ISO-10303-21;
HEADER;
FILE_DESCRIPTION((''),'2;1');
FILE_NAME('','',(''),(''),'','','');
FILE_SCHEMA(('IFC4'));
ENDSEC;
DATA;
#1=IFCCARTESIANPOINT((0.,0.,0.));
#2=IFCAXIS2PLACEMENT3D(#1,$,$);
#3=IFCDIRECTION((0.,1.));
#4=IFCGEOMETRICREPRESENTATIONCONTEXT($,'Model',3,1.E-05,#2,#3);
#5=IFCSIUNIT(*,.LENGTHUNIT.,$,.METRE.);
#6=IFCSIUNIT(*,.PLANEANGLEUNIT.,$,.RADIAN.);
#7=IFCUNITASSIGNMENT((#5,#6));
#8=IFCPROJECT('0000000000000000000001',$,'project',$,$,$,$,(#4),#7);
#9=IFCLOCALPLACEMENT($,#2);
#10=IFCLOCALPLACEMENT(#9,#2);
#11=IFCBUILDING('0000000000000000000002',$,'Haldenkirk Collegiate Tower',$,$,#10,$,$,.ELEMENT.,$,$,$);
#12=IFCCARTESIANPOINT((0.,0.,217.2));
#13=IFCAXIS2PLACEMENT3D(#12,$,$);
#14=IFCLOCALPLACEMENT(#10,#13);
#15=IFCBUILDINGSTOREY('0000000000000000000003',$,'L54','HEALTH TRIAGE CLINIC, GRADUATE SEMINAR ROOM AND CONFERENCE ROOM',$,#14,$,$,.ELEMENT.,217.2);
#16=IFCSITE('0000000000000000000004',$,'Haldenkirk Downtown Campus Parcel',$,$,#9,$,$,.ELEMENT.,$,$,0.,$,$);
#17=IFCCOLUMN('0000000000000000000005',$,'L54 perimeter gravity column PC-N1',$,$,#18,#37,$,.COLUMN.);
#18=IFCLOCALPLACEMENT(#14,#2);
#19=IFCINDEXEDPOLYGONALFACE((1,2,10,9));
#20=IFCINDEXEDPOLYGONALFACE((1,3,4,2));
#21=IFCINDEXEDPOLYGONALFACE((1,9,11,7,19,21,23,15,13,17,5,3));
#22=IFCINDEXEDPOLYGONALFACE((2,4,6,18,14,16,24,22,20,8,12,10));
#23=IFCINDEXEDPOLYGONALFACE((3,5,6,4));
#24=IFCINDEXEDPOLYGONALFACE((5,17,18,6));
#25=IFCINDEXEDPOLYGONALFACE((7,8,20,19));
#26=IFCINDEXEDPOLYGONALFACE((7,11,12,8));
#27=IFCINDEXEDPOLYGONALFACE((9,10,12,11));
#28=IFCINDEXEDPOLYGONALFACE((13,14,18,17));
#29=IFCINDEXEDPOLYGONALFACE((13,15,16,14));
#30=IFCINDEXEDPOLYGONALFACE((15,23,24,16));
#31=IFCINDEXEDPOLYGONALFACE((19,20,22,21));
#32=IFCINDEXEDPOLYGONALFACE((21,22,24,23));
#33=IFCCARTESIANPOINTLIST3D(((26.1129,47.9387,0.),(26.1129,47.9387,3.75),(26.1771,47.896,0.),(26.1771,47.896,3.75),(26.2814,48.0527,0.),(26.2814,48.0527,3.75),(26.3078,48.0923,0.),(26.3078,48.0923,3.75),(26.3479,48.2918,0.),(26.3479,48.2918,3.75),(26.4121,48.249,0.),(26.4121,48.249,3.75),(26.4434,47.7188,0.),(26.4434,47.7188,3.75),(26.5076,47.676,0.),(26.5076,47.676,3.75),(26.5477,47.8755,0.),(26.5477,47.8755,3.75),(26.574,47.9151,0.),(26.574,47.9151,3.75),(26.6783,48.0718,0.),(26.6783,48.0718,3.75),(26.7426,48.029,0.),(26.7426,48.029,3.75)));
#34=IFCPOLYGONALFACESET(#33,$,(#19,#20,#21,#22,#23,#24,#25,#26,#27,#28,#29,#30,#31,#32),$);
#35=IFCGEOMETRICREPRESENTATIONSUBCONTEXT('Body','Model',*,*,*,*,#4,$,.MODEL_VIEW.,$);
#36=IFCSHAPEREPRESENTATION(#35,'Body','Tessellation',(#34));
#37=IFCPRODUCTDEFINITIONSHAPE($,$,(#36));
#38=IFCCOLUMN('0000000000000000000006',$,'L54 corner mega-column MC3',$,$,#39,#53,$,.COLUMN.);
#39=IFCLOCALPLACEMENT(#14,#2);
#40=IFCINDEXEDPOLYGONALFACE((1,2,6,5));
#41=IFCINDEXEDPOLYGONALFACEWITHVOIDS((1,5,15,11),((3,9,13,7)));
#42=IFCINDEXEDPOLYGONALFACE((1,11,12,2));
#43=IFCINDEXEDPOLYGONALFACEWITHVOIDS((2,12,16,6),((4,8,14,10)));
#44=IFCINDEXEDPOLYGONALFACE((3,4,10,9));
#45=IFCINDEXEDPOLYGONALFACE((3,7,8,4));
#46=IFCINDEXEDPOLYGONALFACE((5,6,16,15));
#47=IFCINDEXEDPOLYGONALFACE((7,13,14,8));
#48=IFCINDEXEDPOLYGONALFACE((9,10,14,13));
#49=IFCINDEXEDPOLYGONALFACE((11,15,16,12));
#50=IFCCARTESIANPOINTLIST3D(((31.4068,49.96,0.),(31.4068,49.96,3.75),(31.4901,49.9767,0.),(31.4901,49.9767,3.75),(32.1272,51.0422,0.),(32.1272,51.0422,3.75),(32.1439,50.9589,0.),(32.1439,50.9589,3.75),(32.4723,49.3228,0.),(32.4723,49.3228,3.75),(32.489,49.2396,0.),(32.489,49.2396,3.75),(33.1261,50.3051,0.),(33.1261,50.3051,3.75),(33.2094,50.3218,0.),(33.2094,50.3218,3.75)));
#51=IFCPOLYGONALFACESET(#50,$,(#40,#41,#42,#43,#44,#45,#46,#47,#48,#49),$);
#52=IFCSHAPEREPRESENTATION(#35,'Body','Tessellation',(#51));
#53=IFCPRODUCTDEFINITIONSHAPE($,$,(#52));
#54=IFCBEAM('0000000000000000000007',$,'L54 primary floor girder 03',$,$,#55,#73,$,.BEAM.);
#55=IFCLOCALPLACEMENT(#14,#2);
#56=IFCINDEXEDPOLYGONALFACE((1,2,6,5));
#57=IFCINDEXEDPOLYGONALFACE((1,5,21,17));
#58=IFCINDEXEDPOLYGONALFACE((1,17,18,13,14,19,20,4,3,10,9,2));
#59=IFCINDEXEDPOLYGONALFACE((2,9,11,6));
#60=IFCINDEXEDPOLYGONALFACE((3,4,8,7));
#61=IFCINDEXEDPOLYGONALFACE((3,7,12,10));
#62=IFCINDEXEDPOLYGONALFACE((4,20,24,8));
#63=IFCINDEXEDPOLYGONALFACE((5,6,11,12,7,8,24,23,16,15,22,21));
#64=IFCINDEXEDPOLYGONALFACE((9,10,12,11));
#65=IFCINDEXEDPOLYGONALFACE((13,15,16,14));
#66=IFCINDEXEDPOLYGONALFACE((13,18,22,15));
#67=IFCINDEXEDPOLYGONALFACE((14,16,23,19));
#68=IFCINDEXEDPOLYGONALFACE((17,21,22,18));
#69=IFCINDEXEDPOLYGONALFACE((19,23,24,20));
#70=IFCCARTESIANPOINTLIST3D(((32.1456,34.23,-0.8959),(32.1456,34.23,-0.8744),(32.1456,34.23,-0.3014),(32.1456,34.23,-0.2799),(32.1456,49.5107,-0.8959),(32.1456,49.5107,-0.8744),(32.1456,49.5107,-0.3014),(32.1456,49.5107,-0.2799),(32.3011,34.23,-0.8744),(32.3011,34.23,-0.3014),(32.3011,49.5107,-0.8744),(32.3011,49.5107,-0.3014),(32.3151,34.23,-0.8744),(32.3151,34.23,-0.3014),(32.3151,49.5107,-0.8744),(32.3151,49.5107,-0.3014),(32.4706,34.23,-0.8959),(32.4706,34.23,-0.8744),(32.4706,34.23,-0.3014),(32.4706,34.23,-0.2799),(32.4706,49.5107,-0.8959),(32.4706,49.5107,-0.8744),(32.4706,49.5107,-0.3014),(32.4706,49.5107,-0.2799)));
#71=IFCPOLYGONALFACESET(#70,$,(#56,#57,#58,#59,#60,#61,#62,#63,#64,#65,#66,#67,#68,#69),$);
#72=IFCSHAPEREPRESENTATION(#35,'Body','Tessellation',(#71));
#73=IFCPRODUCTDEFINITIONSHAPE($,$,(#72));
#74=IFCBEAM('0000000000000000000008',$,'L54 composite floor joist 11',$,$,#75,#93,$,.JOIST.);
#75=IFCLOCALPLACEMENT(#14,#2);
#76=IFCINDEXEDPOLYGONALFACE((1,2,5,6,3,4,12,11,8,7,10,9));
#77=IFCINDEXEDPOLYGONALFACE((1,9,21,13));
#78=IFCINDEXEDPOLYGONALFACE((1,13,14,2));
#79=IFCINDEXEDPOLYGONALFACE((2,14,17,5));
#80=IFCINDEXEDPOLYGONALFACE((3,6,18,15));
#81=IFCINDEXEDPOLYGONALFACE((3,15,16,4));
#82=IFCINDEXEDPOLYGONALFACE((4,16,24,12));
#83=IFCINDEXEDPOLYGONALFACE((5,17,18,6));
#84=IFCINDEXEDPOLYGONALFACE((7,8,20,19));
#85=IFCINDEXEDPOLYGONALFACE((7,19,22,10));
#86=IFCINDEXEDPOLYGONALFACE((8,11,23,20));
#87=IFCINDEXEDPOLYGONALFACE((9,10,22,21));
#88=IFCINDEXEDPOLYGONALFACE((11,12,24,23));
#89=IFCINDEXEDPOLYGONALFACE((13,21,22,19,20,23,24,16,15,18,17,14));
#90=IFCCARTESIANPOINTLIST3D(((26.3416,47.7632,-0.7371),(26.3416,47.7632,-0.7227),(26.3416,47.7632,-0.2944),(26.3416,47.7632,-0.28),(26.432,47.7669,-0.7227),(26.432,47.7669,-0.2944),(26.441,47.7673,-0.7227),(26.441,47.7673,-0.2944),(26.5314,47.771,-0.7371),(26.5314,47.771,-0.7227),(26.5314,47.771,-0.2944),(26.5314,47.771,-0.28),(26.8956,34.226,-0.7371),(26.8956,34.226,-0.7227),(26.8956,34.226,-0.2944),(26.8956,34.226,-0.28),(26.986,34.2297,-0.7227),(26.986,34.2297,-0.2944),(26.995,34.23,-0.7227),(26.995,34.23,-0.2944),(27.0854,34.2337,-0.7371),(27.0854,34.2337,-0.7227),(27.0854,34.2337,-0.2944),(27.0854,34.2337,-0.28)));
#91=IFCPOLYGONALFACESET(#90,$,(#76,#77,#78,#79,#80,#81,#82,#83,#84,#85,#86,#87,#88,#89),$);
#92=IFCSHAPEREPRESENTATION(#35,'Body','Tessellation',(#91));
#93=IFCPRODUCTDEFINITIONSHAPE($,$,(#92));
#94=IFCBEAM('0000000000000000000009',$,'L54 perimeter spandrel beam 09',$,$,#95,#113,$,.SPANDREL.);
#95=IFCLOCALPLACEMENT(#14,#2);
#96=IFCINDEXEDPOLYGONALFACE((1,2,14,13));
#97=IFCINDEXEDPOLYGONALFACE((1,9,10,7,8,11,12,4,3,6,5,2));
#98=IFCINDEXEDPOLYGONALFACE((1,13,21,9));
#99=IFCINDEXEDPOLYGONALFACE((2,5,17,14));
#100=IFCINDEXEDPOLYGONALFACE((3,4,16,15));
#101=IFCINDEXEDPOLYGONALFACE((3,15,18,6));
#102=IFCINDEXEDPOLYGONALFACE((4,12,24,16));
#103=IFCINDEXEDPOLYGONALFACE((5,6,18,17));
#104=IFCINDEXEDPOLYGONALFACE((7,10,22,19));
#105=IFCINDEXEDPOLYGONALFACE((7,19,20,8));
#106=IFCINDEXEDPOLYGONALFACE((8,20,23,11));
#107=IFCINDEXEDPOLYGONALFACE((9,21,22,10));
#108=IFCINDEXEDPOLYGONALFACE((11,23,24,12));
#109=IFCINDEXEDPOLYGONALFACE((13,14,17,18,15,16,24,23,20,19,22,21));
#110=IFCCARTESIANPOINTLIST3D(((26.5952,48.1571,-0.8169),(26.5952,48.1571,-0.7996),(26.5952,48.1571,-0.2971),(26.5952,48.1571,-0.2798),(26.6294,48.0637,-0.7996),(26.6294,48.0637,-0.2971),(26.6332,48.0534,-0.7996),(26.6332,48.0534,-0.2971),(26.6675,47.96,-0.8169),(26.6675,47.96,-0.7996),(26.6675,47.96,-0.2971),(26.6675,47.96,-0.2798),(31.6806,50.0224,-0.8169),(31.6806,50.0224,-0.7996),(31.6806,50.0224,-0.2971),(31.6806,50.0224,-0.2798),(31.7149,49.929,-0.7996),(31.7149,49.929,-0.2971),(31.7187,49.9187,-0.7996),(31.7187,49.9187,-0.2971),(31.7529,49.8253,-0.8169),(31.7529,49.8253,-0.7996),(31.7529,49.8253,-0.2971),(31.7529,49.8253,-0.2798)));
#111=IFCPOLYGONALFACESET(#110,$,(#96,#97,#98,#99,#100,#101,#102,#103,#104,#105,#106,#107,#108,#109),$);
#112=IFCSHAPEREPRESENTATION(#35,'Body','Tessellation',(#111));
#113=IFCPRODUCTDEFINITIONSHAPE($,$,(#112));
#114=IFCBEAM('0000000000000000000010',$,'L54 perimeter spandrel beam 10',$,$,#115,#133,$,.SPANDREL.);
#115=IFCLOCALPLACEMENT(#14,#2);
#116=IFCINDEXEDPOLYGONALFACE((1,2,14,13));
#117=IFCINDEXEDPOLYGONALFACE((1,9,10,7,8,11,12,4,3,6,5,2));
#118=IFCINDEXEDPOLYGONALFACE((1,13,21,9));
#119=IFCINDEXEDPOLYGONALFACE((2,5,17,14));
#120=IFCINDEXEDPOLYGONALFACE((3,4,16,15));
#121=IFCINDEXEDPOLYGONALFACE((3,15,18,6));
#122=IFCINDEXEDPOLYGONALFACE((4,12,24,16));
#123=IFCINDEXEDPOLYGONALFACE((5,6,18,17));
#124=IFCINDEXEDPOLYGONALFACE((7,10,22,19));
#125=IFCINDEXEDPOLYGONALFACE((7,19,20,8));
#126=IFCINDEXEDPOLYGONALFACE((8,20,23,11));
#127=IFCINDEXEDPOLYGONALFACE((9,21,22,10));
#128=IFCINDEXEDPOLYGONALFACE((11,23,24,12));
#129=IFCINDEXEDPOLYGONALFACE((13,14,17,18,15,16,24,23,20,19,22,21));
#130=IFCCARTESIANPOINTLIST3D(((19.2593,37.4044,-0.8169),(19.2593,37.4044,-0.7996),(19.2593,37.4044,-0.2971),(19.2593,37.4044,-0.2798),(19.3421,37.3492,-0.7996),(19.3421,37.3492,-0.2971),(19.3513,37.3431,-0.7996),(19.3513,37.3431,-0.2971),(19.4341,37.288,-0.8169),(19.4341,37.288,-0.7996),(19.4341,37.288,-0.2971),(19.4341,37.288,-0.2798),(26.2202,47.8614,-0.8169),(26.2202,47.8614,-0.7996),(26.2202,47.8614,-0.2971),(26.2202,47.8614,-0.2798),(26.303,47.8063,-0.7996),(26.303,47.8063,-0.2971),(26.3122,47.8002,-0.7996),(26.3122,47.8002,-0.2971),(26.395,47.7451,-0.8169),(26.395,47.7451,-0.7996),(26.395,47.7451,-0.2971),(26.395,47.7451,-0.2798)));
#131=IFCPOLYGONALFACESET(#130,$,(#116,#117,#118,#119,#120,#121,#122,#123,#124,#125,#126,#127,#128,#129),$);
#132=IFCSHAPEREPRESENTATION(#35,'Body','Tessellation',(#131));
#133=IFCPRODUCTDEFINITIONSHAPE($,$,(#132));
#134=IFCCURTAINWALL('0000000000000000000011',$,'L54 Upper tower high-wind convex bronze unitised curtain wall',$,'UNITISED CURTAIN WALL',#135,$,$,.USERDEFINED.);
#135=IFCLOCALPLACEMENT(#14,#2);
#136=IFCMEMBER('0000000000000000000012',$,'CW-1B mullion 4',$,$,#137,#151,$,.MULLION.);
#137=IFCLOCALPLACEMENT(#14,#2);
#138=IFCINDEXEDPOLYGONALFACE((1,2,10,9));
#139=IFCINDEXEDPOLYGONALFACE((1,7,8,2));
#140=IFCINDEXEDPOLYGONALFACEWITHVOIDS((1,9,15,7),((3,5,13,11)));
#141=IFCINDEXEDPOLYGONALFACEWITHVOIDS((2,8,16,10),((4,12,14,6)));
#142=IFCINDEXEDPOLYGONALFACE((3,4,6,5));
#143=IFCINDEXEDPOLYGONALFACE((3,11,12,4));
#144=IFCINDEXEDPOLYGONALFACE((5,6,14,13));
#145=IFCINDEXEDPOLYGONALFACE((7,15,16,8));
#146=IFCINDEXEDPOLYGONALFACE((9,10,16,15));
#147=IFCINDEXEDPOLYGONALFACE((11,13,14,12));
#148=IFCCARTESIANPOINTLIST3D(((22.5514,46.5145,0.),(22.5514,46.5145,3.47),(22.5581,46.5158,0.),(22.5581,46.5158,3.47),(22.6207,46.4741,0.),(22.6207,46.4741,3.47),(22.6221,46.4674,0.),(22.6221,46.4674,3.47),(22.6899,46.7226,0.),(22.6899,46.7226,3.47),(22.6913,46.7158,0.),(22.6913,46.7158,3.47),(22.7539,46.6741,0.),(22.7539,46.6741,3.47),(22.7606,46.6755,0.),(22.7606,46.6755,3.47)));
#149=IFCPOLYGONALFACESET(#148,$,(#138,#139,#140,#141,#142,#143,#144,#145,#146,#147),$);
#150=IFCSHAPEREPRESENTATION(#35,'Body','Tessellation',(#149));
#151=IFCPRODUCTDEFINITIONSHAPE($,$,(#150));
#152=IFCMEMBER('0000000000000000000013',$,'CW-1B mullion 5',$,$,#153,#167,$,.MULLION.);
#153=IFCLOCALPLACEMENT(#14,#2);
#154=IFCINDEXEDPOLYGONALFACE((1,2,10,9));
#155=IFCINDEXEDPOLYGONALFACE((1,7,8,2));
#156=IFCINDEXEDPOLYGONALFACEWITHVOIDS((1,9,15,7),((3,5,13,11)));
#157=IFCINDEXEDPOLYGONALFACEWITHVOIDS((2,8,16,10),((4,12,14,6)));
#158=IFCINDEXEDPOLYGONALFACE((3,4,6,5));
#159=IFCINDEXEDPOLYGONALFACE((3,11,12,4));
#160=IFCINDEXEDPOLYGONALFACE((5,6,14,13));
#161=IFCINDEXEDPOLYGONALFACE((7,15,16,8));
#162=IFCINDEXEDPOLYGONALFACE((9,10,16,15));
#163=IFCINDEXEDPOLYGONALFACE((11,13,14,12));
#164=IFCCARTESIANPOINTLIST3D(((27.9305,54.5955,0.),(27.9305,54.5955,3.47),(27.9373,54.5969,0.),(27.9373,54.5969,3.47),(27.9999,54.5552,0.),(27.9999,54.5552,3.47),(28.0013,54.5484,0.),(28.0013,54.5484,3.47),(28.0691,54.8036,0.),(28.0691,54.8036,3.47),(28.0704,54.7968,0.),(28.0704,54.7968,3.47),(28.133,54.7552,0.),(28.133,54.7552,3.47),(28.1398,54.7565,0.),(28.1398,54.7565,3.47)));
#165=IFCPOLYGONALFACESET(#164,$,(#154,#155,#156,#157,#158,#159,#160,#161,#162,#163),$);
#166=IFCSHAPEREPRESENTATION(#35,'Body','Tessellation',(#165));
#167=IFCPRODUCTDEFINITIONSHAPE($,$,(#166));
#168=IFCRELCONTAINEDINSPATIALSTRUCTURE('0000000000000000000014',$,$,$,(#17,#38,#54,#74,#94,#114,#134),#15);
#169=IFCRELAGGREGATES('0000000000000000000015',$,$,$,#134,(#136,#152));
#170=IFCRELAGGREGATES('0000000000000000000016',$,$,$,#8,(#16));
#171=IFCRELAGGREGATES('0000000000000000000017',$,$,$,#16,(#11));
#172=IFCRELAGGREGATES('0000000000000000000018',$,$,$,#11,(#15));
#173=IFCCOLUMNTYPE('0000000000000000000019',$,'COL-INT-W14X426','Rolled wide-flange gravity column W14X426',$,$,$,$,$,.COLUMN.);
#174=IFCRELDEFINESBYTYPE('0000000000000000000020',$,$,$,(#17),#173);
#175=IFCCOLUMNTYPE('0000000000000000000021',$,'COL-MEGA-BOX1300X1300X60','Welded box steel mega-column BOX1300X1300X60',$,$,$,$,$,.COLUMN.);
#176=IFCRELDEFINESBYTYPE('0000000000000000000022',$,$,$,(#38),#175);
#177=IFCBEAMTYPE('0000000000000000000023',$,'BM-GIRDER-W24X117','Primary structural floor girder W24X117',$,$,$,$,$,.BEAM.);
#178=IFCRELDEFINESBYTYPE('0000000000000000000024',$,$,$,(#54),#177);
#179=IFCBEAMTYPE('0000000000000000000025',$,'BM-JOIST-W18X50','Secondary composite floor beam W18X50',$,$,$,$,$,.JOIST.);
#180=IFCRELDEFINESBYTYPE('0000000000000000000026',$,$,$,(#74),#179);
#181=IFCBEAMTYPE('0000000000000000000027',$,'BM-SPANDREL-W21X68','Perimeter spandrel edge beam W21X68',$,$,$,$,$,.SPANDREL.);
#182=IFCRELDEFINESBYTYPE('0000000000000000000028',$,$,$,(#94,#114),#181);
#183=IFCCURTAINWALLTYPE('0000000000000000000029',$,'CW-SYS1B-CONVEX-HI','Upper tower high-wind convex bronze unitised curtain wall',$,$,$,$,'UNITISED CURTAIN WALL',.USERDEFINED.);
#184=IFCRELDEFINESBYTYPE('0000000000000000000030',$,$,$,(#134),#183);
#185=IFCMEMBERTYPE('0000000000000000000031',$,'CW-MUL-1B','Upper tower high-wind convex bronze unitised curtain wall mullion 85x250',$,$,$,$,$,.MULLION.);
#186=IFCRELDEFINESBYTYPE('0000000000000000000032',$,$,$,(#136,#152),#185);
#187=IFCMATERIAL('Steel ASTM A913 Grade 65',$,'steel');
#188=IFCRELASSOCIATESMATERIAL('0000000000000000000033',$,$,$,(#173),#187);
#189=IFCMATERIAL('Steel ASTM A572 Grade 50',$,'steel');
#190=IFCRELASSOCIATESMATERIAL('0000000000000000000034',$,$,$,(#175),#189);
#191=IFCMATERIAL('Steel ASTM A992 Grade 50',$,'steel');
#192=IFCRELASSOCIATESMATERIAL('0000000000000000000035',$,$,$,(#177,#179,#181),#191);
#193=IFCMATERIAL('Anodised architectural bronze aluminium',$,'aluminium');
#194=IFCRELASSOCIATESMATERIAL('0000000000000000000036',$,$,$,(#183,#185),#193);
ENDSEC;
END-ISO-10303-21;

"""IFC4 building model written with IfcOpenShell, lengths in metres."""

from ifc_helpers import new_model, si_unit, direction, frame, origin, origin_2d, place, context, subcontext, project, spatial, hollow_rectangle, i_section, extrude, material, material_profile, profile_set, type_object, element, aggregate, save


model = new_model("IFC4")

# Units and contexts
model_context = context("Model", 3, precision=1e-05, world=origin(), true_north=direction((0.0, 1.0)))
body_context = subcontext(model_context, "Body", "Model", "MODEL_VIEW")
ifc_project = project(units=[si_unit("LENGTHUNIT", "METRE"), si_unit("PLANEANGLEUNIT", "RADIAN")], contexts=[model_context])

# Site, building, storey
site_placement = place(None, origin())
site = spatial("IfcSite", under=ifc_project, at=site_placement, Name="Haldenkirk Downtown Campus Parcel", CompositionType="ELEMENT", RefElevation=0.0)
building_placement = place(site_placement, origin())
building = spatial("IfcBuilding", under=site, at=building_placement, Name="Haldenkirk Collegiate Tower", CompositionType="ELEMENT")
storey_placement = place(building_placement, frame((0.0, 0.0, 217.2)))
storey = spatial("IfcBuildingStorey", under=building, at=storey_placement, Name="L54", Description="HEALTH TRIAGE CLINIC, GRADUATE SEMINAR ROOM AND CONFERENCE ROOM", CompositionType="ELEMENT", Elevation=217.2)

# Columns
ifc_material_1 = material(Name="Steel ASTM A913 Grade 65", Category="steel")
ifc_material_profile_1 = material_profile(ifc_material_1, i_section(OverallWidth=0.4241, OverallDepth=0.4741, WebThickness=0.0476, FlangeThickness=0.0771, at=origin_2d()), Name="W14X426")
ifc_profile_set_1 = profile_set([ifc_material_profile_1], Name="Steel ASTM A913 Grade 65")
column_type_1 = type_object("IfcColumnType", Name="COL-INT-W14X426", Description="Rolled wide-flange gravity column W14X426", PredefinedType="COLUMN", material=ifc_profile_set_1)
column_1_placement = place(storey_placement, frame((26.4277, 47.9839, 0.0), z_axis=(0.0, 0.0, 1.0), x_axis=(0.554118, 0.832438, 0.0)))
element("IfcColumn", 1, at=column_1_placement, inside=storey, type_object=column_type_1, Name="L54 perimeter gravity column PC-N1", PredefinedType="COLUMN", context=body_context, shape_type="SweptSolid", body=[
    extrude(i_section(OverallWidth=0.4241, OverallDepth=0.4741, WebThickness=0.0476, FlangeThickness=0.0771, at=origin_2d()), origin(), (0.0, 0.0, 1.0), 3.75),
])
ifc_material_2 = material(Name="Steel ASTM A572 Grade 50", Category="steel")
ifc_material_profile_2 = material_profile(ifc_material_2, hollow_rectangle(XDim=1.3, YDim=1.3, WallThickness=0.0601, at=origin_2d()), Name="BOX1300X1300X60")
ifc_profile_set_2 = profile_set([ifc_material_profile_2], Name="Steel ASTM A572 Grade 50")
column_type_2 = type_object("IfcColumnType", Name="COL-MEGA-BOX1300X1300X60", Description="Welded box steel mega-column BOX1300X1300X60", PredefinedType="COLUMN", material=ifc_profile_set_2)
column_2_placement = place(storey_placement, frame((32.3081, 50.1409, 0.0), z_axis=(0.0, 0.0, 1.0), x_axis=(0.554118, 0.832438, 0.0)))
element("IfcColumn", 2, at=column_2_placement, inside=storey, type_object=column_type_2, Name="L54 corner mega-column MC3", PredefinedType="COLUMN", context=body_context, shape_type="SweptSolid", body=[
    extrude(hollow_rectangle(XDim=1.3, YDim=1.3, WallThickness=0.0601, at=origin_2d()), origin(), (0.0, 0.0, 1.0), 3.75),
])

# Beams
ifc_material_3 = material(Name="Steel ASTM A992 Grade 50", Category="steel")
ifc_material_profile_3 = material_profile(ifc_material_3, i_section(OverallWidth=0.325, OverallDepth=0.616, WebThickness=0.0139, FlangeThickness=0.0215, at=origin_2d()), Name="W24X117")
ifc_profile_set_3 = profile_set([ifc_material_profile_3], Name="Steel ASTM A992 Grade 50")
beam_type_1 = type_object("IfcBeamType", Name="BM-GIRDER-W24X117", Description="Primary structural floor girder W24X117", PredefinedType="BEAM", material=ifc_profile_set_3)
beam_1_placement = place(storey_placement, frame((32.3081, 49.5107, -0.5879), z_axis=(0.0, -1.0, 0.0), x_axis=(1.0, 0.0, 0.0)))
element("IfcBeam", 3, at=beam_1_placement, inside=storey, type_object=beam_type_1, Name="L54 primary floor girder 03", PredefinedType="BEAM", context=body_context, shape_type="SweptSolid", body=[
    extrude(i_section(OverallWidth=0.325, OverallDepth=0.616, WebThickness=0.0139, FlangeThickness=0.0215, at=origin_2d()), origin(), (0.0, 0.0, 1.0), 15.2808),
])
ifc_material_profile_4 = material_profile(ifc_material_3, i_section(OverallWidth=0.1899, OverallDepth=0.457, WebThickness=0.009, FlangeThickness=0.0144, at=origin_2d()), Name="W18X50")
ifc_profile_set_4 = profile_set([ifc_material_profile_4], Name="Steel ASTM A992 Grade 50")
beam_type_2 = type_object("IfcBeamType", Name="BM-JOIST-W18X50", Description="Secondary composite floor beam W18X50", PredefinedType="JOIST", material=ifc_profile_set_4)
beam_2_placement = place(storey_placement, frame((26.4365, 47.7671, -0.5085), z_axis=(0.040886, -0.999164, 0.0), x_axis=(0.999164, 0.040886, 0.0)))
element("IfcBeam", 4, at=beam_2_placement, inside=storey, type_object=beam_type_2, Name="L54 composite floor joist 11", PredefinedType="JOIST", context=body_context, shape_type="SweptSolid", body=[
    extrude(i_section(OverallWidth=0.1899, OverallDepth=0.457, WebThickness=0.009, FlangeThickness=0.0144, at=origin_2d()), origin(), (0.0, 0.0, 1.0), 13.5486),
])
ifc_material_profile_5 = material_profile(ifc_material_3, i_section(OverallWidth=0.21, OverallDepth=0.5371, WebThickness=0.011, FlangeThickness=0.0173, at=origin_2d()), Name="W21X68")
ifc_profile_set_5 = profile_set([ifc_material_profile_5], Name="Steel ASTM A992 Grade 50")
beam_type_3 = type_object("IfcBeamType", Name="BM-SPANDREL-W21X68", Description="Perimeter spandrel edge beam W21X68", PredefinedType="SPANDREL", material=ifc_profile_set_5)
beam_3_placement = place(storey_placement, frame((31.7168, 49.9238, -0.5483), z_axis=(-0.938842, -0.344347, 0.0), x_axis=(0.344347, -0.938842, 0.0)))
element("IfcBeam", 5, at=beam_3_placement, inside=storey, type_object=beam_type_3, Name="L54 perimeter spandrel beam 09", PredefinedType="SPANDREL", context=body_context, shape_type="SweptSolid", body=[
    extrude(i_section(OverallWidth=0.21, OverallDepth=0.5371, WebThickness=0.011, FlangeThickness=0.0173, at=origin_2d()), origin(), (0.0, 0.0, 1.0), 5.4167),
])
beam_4_placement = place(storey_placement, frame((26.3076, 47.8032, -0.5483), z_axis=(-0.554126, -0.832433, 0.0), x_axis=(0.832433, -0.554126, 0.0)))
element("IfcBeam", 6, at=beam_4_placement, inside=storey, type_object=beam_type_3, Name="L54 perimeter spandrel beam 10", PredefinedType="SPANDREL", context=body_context, shape_type="SweptSolid", body=[
    extrude(i_section(OverallWidth=0.21, OverallDepth=0.5371, WebThickness=0.011, FlangeThickness=0.0173, at=origin_2d()), origin(), (0.0, 0.0, 1.0), 12.562),
])

# Curtain wall, members
ifc_material_4 = material(Name="Anodised architectural bronze aluminium", Category="aluminium")
curtain_wall_type = type_object("IfcCurtainWallType", Name="CW-SYS1B-CONVEX-HI", Description="Upper tower high-wind convex bronze unitised curtain wall", ElementType="UNITISED CURTAIN WALL", PredefinedType="USERDEFINED", material=ifc_material_4)
curtain_wall_placement = place(storey_placement, origin())
curtain_wall = element("IfcCurtainWall", 7, at=curtain_wall_placement, inside=storey, type_object=curtain_wall_type, Name="L54 Upper tower high-wind convex bronze unitised curtain wall", ObjectType="UNITISED CURTAIN WALL", PredefinedType="USERDEFINED")
ifc_material_profile_6 = material_profile(ifc_material_4, hollow_rectangle(XDim=0.085, YDim=0.25, WallThickness=0.0049, at=origin_2d()), Name="CW-MUL-1B")
ifc_profile_set_6 = profile_set([ifc_material_profile_6], Name="Anodised architectural bronze aluminium")
member_type_1 = type_object("IfcMemberType", Name="CW-MUL-1B", Description="Upper tower high-wind convex bronze unitised curtain wall mullion 85x250", PredefinedType="MULLION", material=ifc_profile_set_6)
member_1_placement = place(storey_placement, frame((22.656, 46.595, 0.0), z_axis=(0.0, 0.0, 1.0), x_axis=(-0.832437, 0.55412, 0.0)))
member_1 = element("IfcMember", 8, at=member_1_placement, type_object=member_type_1, Name="CW-1B mullion 4", PredefinedType="MULLION", context=body_context, shape_type="SweptSolid", body=[
    extrude(hollow_rectangle(XDim=0.085, YDim=0.25, WallThickness=0.0049, at=origin_2d()), origin(), (0.0, 0.0, 1.0), 3.47),
])
member_2_placement = place(storey_placement, frame((28.0352, 54.676, 0.0), z_axis=(0.0, 0.0, 1.0), x_axis=(-0.832437, 0.55412, 0.0)))
member_2 = element("IfcMember", 9, at=member_2_placement, type_object=member_type_1, Name="CW-1B mullion 5", PredefinedType="MULLION", context=body_context, shape_type="SweptSolid", body=[
    extrude(hollow_rectangle(XDim=0.085, YDim=0.25, WallThickness=0.0049, at=origin_2d()), origin(), (0.0, 0.0, 1.0), 3.47),
])
aggregate(curtain_wall, [member_1, member_2])

save(model, "model.ifc")
